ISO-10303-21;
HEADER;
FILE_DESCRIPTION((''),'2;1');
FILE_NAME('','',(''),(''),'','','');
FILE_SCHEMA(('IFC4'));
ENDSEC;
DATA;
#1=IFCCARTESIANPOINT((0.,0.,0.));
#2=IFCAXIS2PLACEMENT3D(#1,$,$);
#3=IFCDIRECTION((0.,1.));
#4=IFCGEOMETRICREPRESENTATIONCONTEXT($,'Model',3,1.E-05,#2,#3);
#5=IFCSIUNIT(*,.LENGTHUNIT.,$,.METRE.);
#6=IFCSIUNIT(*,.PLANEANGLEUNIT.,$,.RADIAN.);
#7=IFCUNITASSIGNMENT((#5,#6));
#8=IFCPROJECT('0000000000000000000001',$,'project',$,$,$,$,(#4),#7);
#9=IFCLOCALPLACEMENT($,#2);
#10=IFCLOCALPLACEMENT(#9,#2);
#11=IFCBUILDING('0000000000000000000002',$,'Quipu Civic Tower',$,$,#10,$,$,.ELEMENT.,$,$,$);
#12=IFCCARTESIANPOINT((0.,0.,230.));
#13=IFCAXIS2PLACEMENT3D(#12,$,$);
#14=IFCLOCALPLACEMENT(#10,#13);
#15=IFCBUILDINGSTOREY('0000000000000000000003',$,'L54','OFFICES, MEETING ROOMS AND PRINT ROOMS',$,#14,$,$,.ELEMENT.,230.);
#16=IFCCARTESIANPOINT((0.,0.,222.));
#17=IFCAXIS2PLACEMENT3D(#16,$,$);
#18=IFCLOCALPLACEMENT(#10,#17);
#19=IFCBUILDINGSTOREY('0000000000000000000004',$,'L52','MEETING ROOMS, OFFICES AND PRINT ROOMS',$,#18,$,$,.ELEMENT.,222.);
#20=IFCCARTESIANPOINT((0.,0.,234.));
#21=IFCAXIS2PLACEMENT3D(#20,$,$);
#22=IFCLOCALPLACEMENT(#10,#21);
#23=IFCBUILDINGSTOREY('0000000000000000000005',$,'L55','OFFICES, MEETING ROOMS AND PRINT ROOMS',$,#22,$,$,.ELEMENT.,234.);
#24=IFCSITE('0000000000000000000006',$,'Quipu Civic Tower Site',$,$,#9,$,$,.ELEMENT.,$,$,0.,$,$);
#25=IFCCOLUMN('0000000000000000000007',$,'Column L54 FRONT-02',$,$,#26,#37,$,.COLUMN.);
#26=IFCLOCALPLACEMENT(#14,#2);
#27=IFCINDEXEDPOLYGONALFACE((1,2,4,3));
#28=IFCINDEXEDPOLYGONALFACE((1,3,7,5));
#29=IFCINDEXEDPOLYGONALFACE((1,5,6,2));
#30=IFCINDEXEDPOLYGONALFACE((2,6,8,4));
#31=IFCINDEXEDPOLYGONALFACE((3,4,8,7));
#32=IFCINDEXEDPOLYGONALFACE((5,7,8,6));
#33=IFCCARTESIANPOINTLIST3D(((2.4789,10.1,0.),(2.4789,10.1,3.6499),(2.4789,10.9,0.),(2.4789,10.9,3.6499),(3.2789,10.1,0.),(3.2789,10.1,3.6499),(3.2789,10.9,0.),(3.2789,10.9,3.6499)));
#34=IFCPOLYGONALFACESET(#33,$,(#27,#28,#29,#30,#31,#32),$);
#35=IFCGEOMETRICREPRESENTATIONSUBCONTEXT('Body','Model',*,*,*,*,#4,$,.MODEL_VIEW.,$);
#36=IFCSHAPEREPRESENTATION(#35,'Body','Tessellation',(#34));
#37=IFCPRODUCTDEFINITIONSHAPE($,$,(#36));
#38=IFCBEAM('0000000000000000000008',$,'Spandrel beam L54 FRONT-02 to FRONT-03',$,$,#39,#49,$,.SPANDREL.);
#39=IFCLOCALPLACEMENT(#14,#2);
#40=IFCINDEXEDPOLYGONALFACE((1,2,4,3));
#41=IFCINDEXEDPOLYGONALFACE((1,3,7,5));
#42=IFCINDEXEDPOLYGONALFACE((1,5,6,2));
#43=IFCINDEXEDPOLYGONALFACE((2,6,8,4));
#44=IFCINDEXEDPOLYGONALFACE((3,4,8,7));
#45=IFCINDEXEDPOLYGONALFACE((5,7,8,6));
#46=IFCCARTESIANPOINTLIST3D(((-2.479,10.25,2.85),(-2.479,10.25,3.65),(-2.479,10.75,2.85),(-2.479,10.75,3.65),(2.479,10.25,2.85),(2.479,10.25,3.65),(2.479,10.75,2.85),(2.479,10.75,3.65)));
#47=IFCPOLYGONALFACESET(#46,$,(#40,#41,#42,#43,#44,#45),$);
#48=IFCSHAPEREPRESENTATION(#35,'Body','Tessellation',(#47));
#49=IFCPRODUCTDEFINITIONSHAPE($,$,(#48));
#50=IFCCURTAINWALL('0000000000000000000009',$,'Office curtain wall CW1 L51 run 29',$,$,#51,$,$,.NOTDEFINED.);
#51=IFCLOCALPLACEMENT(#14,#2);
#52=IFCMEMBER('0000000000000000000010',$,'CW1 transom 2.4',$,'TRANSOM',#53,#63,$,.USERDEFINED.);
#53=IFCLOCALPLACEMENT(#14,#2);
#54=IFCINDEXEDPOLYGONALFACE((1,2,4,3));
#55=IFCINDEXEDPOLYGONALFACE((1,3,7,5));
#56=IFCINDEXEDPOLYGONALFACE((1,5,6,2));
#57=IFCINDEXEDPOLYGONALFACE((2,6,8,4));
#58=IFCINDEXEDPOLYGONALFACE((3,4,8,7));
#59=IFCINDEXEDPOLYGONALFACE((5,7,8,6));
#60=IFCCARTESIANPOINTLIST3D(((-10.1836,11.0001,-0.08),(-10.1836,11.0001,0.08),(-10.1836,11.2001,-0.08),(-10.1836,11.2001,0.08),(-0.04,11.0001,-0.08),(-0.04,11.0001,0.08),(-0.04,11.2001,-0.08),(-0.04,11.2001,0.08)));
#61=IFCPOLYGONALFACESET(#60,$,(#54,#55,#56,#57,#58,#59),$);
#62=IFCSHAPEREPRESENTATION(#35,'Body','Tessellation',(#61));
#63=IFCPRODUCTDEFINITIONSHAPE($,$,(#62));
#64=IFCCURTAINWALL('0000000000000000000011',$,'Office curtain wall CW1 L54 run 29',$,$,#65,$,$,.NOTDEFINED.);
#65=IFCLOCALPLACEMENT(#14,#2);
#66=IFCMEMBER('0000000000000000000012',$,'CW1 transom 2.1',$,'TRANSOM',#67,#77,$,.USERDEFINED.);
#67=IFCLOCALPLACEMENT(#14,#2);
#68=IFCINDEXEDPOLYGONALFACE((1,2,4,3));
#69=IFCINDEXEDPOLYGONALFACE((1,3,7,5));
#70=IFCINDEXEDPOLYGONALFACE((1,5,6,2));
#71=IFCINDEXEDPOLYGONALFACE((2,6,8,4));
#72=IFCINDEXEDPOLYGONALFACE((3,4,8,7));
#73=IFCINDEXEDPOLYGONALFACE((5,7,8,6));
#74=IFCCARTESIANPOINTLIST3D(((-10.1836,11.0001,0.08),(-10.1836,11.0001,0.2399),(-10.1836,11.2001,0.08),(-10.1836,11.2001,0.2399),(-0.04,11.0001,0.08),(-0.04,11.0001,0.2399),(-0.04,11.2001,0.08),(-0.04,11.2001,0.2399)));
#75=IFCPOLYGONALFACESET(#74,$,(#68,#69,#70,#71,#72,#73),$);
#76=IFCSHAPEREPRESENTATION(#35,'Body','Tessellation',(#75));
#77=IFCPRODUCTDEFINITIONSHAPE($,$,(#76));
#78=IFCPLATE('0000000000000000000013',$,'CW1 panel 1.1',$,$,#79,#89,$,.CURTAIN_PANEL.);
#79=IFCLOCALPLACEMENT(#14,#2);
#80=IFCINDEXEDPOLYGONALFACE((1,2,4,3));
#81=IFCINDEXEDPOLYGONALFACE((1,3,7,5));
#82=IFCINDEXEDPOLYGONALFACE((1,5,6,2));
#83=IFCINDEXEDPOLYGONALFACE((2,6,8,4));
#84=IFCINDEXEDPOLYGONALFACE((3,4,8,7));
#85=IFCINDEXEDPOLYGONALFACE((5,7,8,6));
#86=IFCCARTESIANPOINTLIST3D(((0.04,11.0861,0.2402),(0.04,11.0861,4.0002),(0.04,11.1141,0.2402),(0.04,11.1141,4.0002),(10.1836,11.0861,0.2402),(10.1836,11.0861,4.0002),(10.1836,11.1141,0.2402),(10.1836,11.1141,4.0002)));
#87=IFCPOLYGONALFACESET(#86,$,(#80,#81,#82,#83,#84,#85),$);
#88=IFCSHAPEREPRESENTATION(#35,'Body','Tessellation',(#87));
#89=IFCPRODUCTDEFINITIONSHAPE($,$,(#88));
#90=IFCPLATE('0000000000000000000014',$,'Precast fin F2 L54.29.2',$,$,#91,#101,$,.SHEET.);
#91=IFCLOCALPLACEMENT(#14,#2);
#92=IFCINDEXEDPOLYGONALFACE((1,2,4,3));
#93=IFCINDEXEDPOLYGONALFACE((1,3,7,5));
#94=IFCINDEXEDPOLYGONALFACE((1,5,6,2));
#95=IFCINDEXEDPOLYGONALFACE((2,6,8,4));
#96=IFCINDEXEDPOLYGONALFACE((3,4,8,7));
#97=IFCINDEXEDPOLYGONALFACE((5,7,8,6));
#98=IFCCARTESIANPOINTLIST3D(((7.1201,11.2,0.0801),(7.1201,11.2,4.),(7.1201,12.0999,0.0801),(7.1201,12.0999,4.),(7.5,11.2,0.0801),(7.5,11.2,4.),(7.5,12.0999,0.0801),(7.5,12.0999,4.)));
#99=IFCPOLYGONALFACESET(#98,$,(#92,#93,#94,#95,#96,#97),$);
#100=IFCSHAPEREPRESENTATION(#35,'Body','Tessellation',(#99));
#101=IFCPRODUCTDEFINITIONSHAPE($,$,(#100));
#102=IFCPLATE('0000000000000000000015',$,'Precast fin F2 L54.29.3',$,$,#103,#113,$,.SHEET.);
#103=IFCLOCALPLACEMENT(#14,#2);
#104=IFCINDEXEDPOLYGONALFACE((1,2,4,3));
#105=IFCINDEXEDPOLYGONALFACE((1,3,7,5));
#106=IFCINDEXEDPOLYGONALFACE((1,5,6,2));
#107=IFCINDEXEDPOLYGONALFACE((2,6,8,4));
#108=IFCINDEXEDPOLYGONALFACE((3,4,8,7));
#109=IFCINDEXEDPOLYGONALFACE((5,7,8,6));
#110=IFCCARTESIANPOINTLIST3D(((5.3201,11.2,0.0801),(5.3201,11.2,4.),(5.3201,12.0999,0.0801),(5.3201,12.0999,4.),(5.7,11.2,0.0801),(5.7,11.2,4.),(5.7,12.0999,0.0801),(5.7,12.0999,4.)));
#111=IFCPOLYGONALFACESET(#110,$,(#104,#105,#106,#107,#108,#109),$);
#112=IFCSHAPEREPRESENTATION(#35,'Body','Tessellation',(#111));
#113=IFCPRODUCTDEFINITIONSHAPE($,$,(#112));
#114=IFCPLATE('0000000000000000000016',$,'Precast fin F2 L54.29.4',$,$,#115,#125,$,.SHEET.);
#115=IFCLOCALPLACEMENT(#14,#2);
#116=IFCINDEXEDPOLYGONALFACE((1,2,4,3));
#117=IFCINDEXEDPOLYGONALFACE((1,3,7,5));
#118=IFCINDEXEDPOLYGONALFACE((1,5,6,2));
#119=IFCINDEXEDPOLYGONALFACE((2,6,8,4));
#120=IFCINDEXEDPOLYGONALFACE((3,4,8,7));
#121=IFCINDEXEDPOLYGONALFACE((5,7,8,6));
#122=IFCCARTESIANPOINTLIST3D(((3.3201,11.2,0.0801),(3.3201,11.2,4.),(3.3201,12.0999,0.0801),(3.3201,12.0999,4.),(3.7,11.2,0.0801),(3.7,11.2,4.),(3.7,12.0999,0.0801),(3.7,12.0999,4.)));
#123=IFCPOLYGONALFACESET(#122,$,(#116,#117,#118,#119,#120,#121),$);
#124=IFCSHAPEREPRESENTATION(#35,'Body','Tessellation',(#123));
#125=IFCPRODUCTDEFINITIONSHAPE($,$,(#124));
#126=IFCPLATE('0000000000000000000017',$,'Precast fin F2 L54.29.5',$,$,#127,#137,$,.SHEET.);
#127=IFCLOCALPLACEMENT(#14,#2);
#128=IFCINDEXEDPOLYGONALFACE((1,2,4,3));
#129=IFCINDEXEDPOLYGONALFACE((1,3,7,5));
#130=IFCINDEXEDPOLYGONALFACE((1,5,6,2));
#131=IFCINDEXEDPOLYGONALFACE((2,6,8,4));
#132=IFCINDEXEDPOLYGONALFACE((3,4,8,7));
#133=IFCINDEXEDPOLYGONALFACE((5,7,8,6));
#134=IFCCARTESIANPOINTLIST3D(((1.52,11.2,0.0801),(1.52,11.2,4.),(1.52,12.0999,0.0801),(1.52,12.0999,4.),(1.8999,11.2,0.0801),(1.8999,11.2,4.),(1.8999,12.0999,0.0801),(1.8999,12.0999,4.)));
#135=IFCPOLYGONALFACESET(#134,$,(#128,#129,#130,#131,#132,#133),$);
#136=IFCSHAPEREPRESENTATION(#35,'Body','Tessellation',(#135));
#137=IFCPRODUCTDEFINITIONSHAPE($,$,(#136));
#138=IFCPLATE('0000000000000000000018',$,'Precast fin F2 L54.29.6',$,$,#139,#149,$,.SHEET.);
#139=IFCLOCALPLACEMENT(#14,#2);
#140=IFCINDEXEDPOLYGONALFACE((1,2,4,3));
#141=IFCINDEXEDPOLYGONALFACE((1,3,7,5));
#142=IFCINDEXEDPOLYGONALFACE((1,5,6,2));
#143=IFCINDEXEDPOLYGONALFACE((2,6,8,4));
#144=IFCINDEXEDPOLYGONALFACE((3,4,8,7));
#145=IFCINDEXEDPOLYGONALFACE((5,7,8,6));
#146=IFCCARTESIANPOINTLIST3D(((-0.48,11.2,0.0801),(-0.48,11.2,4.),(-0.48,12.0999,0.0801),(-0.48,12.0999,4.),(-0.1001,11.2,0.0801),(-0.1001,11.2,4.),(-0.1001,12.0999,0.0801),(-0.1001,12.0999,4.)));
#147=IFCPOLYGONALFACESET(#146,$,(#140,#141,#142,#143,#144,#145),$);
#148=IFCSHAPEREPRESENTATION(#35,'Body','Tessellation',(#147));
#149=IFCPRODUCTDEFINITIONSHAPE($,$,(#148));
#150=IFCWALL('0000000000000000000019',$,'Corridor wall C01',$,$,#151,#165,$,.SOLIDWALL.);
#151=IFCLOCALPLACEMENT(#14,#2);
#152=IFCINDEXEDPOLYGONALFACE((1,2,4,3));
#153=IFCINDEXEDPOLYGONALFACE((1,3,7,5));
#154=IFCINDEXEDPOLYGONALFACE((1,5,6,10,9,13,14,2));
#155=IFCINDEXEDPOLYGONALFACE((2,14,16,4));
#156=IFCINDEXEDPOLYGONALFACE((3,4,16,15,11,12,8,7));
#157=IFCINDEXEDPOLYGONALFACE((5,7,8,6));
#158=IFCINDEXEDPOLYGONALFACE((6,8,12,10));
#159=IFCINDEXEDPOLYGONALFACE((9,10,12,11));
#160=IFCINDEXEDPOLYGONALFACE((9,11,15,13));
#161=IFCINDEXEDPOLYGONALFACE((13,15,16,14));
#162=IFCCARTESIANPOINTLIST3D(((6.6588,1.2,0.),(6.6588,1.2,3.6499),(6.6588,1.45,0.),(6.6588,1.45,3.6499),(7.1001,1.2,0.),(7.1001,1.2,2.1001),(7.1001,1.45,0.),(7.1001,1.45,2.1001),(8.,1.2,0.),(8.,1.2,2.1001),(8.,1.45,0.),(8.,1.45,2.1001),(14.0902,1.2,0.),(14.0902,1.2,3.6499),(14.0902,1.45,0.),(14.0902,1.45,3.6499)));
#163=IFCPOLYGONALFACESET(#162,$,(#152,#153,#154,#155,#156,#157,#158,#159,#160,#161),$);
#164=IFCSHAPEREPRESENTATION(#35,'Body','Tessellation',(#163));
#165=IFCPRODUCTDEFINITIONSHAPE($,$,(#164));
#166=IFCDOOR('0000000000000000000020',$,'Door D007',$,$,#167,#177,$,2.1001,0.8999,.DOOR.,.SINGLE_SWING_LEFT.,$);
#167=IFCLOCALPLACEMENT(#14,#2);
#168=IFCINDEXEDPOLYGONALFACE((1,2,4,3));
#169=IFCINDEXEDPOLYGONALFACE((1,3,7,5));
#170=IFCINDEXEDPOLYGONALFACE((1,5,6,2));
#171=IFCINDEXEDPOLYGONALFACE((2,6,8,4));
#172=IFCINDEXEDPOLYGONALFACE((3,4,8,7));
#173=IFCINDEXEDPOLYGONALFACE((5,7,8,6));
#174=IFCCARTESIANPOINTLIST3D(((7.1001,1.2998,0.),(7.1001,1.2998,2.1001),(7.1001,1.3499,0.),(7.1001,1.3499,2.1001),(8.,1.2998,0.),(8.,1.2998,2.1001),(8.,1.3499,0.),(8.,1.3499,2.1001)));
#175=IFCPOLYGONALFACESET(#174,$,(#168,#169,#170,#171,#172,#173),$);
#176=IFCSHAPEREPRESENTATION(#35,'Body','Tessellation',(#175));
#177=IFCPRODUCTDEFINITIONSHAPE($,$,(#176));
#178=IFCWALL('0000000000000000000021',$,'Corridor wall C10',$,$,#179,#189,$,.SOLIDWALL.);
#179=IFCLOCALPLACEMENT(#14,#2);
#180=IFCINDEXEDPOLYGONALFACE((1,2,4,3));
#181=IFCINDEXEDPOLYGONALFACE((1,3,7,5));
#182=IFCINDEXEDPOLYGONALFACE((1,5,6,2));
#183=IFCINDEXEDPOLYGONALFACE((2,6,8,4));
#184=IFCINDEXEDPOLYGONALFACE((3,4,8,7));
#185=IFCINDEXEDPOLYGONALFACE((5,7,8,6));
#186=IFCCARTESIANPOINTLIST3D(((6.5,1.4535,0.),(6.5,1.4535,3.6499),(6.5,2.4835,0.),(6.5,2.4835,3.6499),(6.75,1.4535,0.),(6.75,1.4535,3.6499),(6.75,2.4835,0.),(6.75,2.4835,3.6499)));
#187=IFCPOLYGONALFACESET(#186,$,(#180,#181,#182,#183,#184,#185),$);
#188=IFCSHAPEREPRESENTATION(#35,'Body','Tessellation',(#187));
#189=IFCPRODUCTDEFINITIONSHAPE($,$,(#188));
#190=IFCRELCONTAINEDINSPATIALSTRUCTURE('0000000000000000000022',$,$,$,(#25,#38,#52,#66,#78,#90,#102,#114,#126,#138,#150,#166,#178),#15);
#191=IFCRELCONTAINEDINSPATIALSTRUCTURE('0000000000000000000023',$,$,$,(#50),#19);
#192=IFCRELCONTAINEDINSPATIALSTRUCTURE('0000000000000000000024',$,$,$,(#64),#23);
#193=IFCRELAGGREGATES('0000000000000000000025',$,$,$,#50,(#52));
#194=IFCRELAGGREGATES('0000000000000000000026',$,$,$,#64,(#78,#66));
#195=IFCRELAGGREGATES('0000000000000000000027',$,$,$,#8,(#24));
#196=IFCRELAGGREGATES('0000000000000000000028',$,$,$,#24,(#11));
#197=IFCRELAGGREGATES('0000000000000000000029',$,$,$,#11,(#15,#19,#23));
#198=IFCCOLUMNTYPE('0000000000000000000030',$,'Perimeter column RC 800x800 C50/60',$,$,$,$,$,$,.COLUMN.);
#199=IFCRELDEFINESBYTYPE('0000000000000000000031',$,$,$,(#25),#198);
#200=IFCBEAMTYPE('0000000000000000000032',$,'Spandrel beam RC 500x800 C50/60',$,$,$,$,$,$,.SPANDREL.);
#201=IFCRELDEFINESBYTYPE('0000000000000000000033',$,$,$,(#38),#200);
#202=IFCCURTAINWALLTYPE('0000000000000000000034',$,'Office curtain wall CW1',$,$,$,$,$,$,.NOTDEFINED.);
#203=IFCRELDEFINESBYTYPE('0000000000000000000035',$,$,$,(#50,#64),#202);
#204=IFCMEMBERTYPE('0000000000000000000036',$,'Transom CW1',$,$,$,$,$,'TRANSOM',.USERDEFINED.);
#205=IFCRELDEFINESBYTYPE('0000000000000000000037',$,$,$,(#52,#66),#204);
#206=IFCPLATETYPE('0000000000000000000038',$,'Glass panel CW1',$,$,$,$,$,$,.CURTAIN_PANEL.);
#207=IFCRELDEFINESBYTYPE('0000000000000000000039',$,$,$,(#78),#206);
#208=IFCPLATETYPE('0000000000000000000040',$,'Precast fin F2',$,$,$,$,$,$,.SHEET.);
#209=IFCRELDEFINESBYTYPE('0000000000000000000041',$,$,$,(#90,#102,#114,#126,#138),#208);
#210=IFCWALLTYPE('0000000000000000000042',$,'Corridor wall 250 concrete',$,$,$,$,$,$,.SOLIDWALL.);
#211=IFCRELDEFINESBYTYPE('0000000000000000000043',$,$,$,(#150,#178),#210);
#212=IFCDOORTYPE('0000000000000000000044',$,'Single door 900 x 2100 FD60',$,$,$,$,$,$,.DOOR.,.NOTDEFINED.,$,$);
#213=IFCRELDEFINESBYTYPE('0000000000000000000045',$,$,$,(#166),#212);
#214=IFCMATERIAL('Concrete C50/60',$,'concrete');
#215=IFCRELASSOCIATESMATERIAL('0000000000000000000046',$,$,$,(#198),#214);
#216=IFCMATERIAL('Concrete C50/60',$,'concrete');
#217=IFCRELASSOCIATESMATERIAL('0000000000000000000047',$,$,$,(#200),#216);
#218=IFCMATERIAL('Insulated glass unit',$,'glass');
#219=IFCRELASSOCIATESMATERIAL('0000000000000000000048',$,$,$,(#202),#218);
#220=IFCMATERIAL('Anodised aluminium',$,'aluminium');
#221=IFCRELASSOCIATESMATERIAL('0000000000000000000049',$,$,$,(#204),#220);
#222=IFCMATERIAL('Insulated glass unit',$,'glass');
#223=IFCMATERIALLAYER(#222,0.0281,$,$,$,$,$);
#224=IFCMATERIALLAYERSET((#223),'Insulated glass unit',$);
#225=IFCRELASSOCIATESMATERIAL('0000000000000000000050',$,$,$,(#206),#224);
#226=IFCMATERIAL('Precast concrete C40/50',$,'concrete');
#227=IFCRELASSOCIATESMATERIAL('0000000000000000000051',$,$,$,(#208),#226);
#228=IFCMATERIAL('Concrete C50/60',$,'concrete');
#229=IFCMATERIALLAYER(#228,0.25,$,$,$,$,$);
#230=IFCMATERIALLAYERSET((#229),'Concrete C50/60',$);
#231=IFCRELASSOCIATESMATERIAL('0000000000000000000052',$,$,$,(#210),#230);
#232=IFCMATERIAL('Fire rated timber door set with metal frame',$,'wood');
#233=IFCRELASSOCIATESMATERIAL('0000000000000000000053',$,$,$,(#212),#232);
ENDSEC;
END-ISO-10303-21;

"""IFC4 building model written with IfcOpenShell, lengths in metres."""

from ifc_helpers import new_model, si_unit, direction, frame, frame_2d, origin, origin_2d, place, context, subcontext, project, spatial, rectangle, extrude, material, layer, layer_set, material_profile, profile_set, type_object, element, fill, aggregate, save


model = new_model("IFC4")

# Units and contexts
model_context = context("Model", 3, precision=1e-05, world=origin(), true_north=direction((0.0, 1.0)))
body_context = subcontext(model_context, "Body", "Model", "MODEL_VIEW")
ifc_project = project(units=[si_unit("LENGTHUNIT", "METRE"), si_unit("PLANEANGLEUNIT", "RADIAN")], contexts=[model_context])

# Site, building, storey
site_placement = place(None, origin())
site = spatial("IfcSite", under=ifc_project, at=site_placement, Name="Quipu Civic Tower Site", CompositionType="ELEMENT", RefElevation=0.0)
building_placement = place(site_placement, origin())
building = spatial("IfcBuilding", under=site, at=building_placement, Name="Quipu Civic Tower", CompositionType="ELEMENT")
storey_1_placement = place(building_placement, frame((0.0, 0.0, 230.0)))
storey_1 = spatial("IfcBuildingStorey", under=building, at=storey_1_placement, Name="L54", Description="OFFICES, MEETING ROOMS AND PRINT ROOMS", CompositionType="ELEMENT", Elevation=230.0)

# Column
ifc_material_1 = material(Name="Concrete C50/60", Category="concrete")
ifc_material_profile_1 = material_profile(ifc_material_1, rectangle(XDim=0.8, YDim=0.8, at=origin_2d()), Name="RC800x800")
ifc_profile_set_1 = profile_set([ifc_material_profile_1], Name="Concrete C50/60")
column_type = type_object("IfcColumnType", Name="Perimeter column RC 800x800 C50/60", PredefinedType="COLUMN", material=ifc_profile_set_1)
column_placement = place(storey_1_placement, frame((2.8789, 10.5, 0.0), z_axis=(0.0, 0.0, 1.0), x_axis=(-1.0, 0.0, 0.0)))
element("IfcColumn", 1, at=column_placement, inside=storey_1, type_object=column_type, Name="Column L54 FRONT-02", PredefinedType="COLUMN", context=body_context, shape_type="SweptSolid", body=[
    extrude(rectangle(XDim=0.8, YDim=0.8, at=origin_2d()), origin(), (0.0, 0.0, 1.0), 3.6499),
])

# Beam
ifc_material_2 = material(Name="Concrete C50/60", Category="concrete")
ifc_material_profile_2 = material_profile(ifc_material_2, rectangle(XDim=0.5, YDim=0.8, at=origin_2d()), Name="RC500x800")
ifc_profile_set_2 = profile_set([ifc_material_profile_2], Name="Concrete C50/60")
beam_type = type_object("IfcBeamType", Name="Spandrel beam RC 500x800 C50/60", PredefinedType="SPANDREL", material=ifc_profile_set_2)
beam_placement = place(storey_1_placement, frame((2.479, 10.5, 3.25), z_axis=(-1.0, 0.0, 0.0), x_axis=(0.0, -1.0, 0.0)))
element("IfcBeam", 2, at=beam_placement, inside=storey_1, type_object=beam_type, Name="Spandrel beam L54 FRONT-02 to FRONT-03", PredefinedType="SPANDREL", context=body_context, shape_type="SweptSolid", body=[
    extrude(rectangle(XDim=0.5, YDim=0.8, at=origin_2d()), origin(), (0.0, 0.0, 1.0), 4.958),
])

# Shared definitions
storey_2_placement = place(building_placement, frame((0.0, 0.0, 222.0)))
storey_2 = spatial("IfcBuildingStorey", under=building, at=storey_2_placement, Name="L52", Description="MEETING ROOMS, OFFICES AND PRINT ROOMS", CompositionType="ELEMENT", Elevation=222.0)

# Curtain wall, member
ifc_material_3 = material(Name="Insulated glass unit", Category="glass")
curtain_wall_type = type_object("IfcCurtainWallType", Name="Office curtain wall CW1", PredefinedType="NOTDEFINED", material=ifc_material_3)
curtain_wall_1_placement = place(storey_2_placement, origin())
curtain_wall_1 = element("IfcCurtainWall", 3, at=curtain_wall_1_placement, inside=storey_2, type_object=curtain_wall_type, Name="Office curtain wall CW1 L51 run 29", PredefinedType="NOTDEFINED")
ifc_material_4 = material(Name="Anodised aluminium", Category="aluminium")
ifc_material_profile_3 = material_profile(ifc_material_4, rectangle(XDim=0.2, YDim=0.1599, at=origin_2d()), Name="RECT 200x160")
ifc_profile_set_3 = profile_set([ifc_material_profile_3], Name="Anodised aluminium")
member_type = type_object("IfcMemberType", Name="Transom CW1", ElementType="TRANSOM", PredefinedType="USERDEFINED", material=ifc_profile_set_3)
member_1_placement = place(storey_1_placement, frame((-0.04, 11.1001, 0.0), z_axis=(-1.0, 0.0, 0.0), x_axis=(0.0, -1.0, 0.0)))
member_1 = element("IfcMember", 4, at=member_1_placement, inside=storey_1, type_object=member_type, Name="CW1 transom 2.4", ObjectType="TRANSOM", PredefinedType="USERDEFINED", context=body_context, shape_type="SweptSolid", body=[
    extrude(rectangle(XDim=0.2, YDim=0.1599, at=origin_2d()), origin(), (0.0, 0.0, 1.0), 10.1436),
])
aggregate(curtain_wall_1, [member_1])

# Shared definitions
storey_3_placement = place(building_placement, frame((0.0, 0.0, 234.0)))
storey_3 = spatial("IfcBuildingStorey", under=building, at=storey_3_placement, Name="L55", Description="OFFICES, MEETING ROOMS AND PRINT ROOMS", CompositionType="ELEMENT", Elevation=234.0)

# Curtain wall, member, plate
curtain_wall_2_placement = place(storey_3_placement, origin())
curtain_wall_2 = element("IfcCurtainWall", 5, at=curtain_wall_2_placement, inside=storey_3, type_object=curtain_wall_type, Name="Office curtain wall CW1 L54 run 29", PredefinedType="NOTDEFINED")
member_2_placement = place(storey_1_placement, frame((-0.04, 11.1001, 0.1599), z_axis=(-1.0, 0.0, 0.0), x_axis=(0.0, -1.0, 0.0)))
member_2 = element("IfcMember", 6, at=member_2_placement, inside=storey_1, type_object=member_type, Name="CW1 transom 2.1", ObjectType="TRANSOM", PredefinedType="USERDEFINED", context=body_context, shape_type="SweptSolid", body=[
    extrude(rectangle(XDim=0.2, YDim=0.1599, at=origin_2d()), origin(), (0.0, 0.0, 1.0), 10.1436),
])
ifc_material_5 = material(Name="Insulated glass unit", Category="glass")
ifc_layer_1 = layer(ifc_material_5, 0.0281)
ifc_layer_set_1 = layer_set([ifc_layer_1], Name="Insulated glass unit")
plate_type_1 = type_object("IfcPlateType", Name="Glass panel CW1", PredefinedType="CURTAIN_PANEL", material=ifc_layer_set_1)
plate_placement = place(storey_1_placement, frame((5.1118, 11.1001, 0.2402), z_axis=(0.0, 0.0, 1.0), x_axis=(-1.0, 0.0, 0.0)))
plate = element("IfcPlate", 7, at=plate_placement, inside=storey_1, type_object=plate_type_1, Name="CW1 panel 1.1", PredefinedType="CURTAIN_PANEL", context=body_context, shape_type="SweptSolid", body=[
    extrude(rectangle(XDim=10.1436, YDim=0.0281, at=origin_2d()), origin(), (0.0, 0.0, 1.0), 3.76),
])
aggregate(curtain_wall_2, [plate, member_2])

# Plates
ifc_material_6 = material(Name="Precast concrete C40/50", Category="concrete")
plate_type_2 = type_object("IfcPlateType", Name="Precast fin F2", PredefinedType="SHEET", material=ifc_material_6)
for number, where, z_axis, x_axis, name in (
    (8, (7.3101, 11.6499, 0.0801), (0.0, 0.0, 1.0), (-1.0, 0.0, 0.0), "Precast fin F2 L54.29.2"),
    (9, (5.51, 11.6499, 0.0801), (0.0, 0.0, 1.0), (-1.0, 0.0, 0.0), "Precast fin F2 L54.29.3"),
    (10, (3.51, 11.6499, 0.0801), (0.0, 0.0, 1.0), (-1.0, 0.0, 0.0), "Precast fin F2 L54.29.4"),
    (11, (1.71, 11.6499, 0.0801), (0.0, 0.0, 1.0), (-1.0, 0.0, 0.0), "Precast fin F2 L54.29.5"),
    (12, (-0.29, 11.6499, 0.0801), (0.0, 0.0, 1.0), (-1.0, 0.0, 0.0), "Precast fin F2 L54.29.6"),
):
    element("IfcPlate", number, at=place(storey_1_placement, frame(where, z_axis=z_axis, x_axis=x_axis)), inside=storey_1, type_object=plate_type_2, Name=name, PredefinedType="SHEET", context=body_context, shape_type="SweptSolid", body=[
        extrude(rectangle(XDim=0.3799, YDim=0.8999, at=origin_2d()), origin(), (0.0, 0.0, 1.0), 3.9199),
    ])

# Wall, opening, door
ifc_material_7 = material(Name="Concrete C50/60", Category="concrete")
ifc_layer_2 = layer(ifc_material_7, 0.25)
ifc_layer_set_2 = layer_set([ifc_layer_2], Name="Concrete C50/60")
wall_type_1 = type_object("IfcWallType", Name="Corridor wall 250 concrete", PredefinedType="SOLIDWALL", material=ifc_layer_set_2)
wall_1_placement = place(storey_1_placement, frame((6.6587, 1.325, 0.0), z_axis=(0.0, 0.0, 1.0), x_axis=(1.0, 0.0, 0.0)))
wall_1 = element("IfcWall", 13, at=wall_1_placement, inside=storey_1, type_object=wall_type_1, Name="Corridor wall C01", PredefinedType="SOLIDWALL", context=body_context, shape_type="SweptSolid", body=[
    extrude(rectangle(XDim=7.4314, YDim=0.25, at=frame_2d((3.7158, 0.0))), origin(), (0.0, 0.0, 1.0), 3.6499),
])
opening_placement = place(wall_1_placement, frame((0.4414, 0.0, 0.0)))
opening = element("IfcOpeningElement", 14, at=opening_placement, cuts=wall_1, PredefinedType="OPENING", context=body_context, shape_type="SweptSolid", body=[
    extrude(rectangle(XDim=0.8999, YDim=2.1001, at=frame_2d((0.45, 1.05))), frame((0.0, 0.135, 0.0), z_axis=(0.0, -1.0, 0.0), x_axis=(1.0, 0.0, 0.0)), (0.0, 0.0, 1.0), 0.27),
])
ifc_material_8 = material(Name="Fire rated timber door set with metal frame", Category="wood")
door_type = type_object("IfcDoorType", Name="Single door 900 x 2100 FD60", OperationType="NOTDEFINED", PredefinedType="DOOR", material=ifc_material_8)
door_placement = place(opening_placement, origin())
door = element("IfcDoor", 15, at=door_placement, inside=storey_1, type_object=door_type, Name="Door D007", OperationType="SINGLE_SWING_LEFT", OverallHeight=2.1001, OverallWidth=0.8999, PredefinedType="DOOR", context=body_context, shape_type="SweptSolid", body=[
    extrude(rectangle(XDim=0.8999, YDim=2.1001, at=frame_2d((0.45, 1.05))), frame((0.0, 0.0249, 0.0), z_axis=(0.0, -1.0, 0.0), x_axis=(1.0, 0.0, 0.0)), (0.0, 0.0, 1.0), 0.05),
])
fill(opening, door)

# Wall
wall_2_placement = place(storey_1_placement, frame((6.625, 2.4836, 0.0), z_axis=(0.0, 0.0, 1.0), x_axis=(0.0, -1.0, 0.0)))
element("IfcWall", 16, at=wall_2_placement, inside=storey_1, type_object=wall_type_1, Name="Corridor wall C10", PredefinedType="SOLIDWALL", context=body_context, shape_type="SweptSolid", body=[
    extrude(rectangle(XDim=1.03, YDim=0.25, at=frame_2d((0.5151, 0.0))), origin(), (0.0, 0.0, 1.0), 3.6499),
])

save(model, "model.ifc")
